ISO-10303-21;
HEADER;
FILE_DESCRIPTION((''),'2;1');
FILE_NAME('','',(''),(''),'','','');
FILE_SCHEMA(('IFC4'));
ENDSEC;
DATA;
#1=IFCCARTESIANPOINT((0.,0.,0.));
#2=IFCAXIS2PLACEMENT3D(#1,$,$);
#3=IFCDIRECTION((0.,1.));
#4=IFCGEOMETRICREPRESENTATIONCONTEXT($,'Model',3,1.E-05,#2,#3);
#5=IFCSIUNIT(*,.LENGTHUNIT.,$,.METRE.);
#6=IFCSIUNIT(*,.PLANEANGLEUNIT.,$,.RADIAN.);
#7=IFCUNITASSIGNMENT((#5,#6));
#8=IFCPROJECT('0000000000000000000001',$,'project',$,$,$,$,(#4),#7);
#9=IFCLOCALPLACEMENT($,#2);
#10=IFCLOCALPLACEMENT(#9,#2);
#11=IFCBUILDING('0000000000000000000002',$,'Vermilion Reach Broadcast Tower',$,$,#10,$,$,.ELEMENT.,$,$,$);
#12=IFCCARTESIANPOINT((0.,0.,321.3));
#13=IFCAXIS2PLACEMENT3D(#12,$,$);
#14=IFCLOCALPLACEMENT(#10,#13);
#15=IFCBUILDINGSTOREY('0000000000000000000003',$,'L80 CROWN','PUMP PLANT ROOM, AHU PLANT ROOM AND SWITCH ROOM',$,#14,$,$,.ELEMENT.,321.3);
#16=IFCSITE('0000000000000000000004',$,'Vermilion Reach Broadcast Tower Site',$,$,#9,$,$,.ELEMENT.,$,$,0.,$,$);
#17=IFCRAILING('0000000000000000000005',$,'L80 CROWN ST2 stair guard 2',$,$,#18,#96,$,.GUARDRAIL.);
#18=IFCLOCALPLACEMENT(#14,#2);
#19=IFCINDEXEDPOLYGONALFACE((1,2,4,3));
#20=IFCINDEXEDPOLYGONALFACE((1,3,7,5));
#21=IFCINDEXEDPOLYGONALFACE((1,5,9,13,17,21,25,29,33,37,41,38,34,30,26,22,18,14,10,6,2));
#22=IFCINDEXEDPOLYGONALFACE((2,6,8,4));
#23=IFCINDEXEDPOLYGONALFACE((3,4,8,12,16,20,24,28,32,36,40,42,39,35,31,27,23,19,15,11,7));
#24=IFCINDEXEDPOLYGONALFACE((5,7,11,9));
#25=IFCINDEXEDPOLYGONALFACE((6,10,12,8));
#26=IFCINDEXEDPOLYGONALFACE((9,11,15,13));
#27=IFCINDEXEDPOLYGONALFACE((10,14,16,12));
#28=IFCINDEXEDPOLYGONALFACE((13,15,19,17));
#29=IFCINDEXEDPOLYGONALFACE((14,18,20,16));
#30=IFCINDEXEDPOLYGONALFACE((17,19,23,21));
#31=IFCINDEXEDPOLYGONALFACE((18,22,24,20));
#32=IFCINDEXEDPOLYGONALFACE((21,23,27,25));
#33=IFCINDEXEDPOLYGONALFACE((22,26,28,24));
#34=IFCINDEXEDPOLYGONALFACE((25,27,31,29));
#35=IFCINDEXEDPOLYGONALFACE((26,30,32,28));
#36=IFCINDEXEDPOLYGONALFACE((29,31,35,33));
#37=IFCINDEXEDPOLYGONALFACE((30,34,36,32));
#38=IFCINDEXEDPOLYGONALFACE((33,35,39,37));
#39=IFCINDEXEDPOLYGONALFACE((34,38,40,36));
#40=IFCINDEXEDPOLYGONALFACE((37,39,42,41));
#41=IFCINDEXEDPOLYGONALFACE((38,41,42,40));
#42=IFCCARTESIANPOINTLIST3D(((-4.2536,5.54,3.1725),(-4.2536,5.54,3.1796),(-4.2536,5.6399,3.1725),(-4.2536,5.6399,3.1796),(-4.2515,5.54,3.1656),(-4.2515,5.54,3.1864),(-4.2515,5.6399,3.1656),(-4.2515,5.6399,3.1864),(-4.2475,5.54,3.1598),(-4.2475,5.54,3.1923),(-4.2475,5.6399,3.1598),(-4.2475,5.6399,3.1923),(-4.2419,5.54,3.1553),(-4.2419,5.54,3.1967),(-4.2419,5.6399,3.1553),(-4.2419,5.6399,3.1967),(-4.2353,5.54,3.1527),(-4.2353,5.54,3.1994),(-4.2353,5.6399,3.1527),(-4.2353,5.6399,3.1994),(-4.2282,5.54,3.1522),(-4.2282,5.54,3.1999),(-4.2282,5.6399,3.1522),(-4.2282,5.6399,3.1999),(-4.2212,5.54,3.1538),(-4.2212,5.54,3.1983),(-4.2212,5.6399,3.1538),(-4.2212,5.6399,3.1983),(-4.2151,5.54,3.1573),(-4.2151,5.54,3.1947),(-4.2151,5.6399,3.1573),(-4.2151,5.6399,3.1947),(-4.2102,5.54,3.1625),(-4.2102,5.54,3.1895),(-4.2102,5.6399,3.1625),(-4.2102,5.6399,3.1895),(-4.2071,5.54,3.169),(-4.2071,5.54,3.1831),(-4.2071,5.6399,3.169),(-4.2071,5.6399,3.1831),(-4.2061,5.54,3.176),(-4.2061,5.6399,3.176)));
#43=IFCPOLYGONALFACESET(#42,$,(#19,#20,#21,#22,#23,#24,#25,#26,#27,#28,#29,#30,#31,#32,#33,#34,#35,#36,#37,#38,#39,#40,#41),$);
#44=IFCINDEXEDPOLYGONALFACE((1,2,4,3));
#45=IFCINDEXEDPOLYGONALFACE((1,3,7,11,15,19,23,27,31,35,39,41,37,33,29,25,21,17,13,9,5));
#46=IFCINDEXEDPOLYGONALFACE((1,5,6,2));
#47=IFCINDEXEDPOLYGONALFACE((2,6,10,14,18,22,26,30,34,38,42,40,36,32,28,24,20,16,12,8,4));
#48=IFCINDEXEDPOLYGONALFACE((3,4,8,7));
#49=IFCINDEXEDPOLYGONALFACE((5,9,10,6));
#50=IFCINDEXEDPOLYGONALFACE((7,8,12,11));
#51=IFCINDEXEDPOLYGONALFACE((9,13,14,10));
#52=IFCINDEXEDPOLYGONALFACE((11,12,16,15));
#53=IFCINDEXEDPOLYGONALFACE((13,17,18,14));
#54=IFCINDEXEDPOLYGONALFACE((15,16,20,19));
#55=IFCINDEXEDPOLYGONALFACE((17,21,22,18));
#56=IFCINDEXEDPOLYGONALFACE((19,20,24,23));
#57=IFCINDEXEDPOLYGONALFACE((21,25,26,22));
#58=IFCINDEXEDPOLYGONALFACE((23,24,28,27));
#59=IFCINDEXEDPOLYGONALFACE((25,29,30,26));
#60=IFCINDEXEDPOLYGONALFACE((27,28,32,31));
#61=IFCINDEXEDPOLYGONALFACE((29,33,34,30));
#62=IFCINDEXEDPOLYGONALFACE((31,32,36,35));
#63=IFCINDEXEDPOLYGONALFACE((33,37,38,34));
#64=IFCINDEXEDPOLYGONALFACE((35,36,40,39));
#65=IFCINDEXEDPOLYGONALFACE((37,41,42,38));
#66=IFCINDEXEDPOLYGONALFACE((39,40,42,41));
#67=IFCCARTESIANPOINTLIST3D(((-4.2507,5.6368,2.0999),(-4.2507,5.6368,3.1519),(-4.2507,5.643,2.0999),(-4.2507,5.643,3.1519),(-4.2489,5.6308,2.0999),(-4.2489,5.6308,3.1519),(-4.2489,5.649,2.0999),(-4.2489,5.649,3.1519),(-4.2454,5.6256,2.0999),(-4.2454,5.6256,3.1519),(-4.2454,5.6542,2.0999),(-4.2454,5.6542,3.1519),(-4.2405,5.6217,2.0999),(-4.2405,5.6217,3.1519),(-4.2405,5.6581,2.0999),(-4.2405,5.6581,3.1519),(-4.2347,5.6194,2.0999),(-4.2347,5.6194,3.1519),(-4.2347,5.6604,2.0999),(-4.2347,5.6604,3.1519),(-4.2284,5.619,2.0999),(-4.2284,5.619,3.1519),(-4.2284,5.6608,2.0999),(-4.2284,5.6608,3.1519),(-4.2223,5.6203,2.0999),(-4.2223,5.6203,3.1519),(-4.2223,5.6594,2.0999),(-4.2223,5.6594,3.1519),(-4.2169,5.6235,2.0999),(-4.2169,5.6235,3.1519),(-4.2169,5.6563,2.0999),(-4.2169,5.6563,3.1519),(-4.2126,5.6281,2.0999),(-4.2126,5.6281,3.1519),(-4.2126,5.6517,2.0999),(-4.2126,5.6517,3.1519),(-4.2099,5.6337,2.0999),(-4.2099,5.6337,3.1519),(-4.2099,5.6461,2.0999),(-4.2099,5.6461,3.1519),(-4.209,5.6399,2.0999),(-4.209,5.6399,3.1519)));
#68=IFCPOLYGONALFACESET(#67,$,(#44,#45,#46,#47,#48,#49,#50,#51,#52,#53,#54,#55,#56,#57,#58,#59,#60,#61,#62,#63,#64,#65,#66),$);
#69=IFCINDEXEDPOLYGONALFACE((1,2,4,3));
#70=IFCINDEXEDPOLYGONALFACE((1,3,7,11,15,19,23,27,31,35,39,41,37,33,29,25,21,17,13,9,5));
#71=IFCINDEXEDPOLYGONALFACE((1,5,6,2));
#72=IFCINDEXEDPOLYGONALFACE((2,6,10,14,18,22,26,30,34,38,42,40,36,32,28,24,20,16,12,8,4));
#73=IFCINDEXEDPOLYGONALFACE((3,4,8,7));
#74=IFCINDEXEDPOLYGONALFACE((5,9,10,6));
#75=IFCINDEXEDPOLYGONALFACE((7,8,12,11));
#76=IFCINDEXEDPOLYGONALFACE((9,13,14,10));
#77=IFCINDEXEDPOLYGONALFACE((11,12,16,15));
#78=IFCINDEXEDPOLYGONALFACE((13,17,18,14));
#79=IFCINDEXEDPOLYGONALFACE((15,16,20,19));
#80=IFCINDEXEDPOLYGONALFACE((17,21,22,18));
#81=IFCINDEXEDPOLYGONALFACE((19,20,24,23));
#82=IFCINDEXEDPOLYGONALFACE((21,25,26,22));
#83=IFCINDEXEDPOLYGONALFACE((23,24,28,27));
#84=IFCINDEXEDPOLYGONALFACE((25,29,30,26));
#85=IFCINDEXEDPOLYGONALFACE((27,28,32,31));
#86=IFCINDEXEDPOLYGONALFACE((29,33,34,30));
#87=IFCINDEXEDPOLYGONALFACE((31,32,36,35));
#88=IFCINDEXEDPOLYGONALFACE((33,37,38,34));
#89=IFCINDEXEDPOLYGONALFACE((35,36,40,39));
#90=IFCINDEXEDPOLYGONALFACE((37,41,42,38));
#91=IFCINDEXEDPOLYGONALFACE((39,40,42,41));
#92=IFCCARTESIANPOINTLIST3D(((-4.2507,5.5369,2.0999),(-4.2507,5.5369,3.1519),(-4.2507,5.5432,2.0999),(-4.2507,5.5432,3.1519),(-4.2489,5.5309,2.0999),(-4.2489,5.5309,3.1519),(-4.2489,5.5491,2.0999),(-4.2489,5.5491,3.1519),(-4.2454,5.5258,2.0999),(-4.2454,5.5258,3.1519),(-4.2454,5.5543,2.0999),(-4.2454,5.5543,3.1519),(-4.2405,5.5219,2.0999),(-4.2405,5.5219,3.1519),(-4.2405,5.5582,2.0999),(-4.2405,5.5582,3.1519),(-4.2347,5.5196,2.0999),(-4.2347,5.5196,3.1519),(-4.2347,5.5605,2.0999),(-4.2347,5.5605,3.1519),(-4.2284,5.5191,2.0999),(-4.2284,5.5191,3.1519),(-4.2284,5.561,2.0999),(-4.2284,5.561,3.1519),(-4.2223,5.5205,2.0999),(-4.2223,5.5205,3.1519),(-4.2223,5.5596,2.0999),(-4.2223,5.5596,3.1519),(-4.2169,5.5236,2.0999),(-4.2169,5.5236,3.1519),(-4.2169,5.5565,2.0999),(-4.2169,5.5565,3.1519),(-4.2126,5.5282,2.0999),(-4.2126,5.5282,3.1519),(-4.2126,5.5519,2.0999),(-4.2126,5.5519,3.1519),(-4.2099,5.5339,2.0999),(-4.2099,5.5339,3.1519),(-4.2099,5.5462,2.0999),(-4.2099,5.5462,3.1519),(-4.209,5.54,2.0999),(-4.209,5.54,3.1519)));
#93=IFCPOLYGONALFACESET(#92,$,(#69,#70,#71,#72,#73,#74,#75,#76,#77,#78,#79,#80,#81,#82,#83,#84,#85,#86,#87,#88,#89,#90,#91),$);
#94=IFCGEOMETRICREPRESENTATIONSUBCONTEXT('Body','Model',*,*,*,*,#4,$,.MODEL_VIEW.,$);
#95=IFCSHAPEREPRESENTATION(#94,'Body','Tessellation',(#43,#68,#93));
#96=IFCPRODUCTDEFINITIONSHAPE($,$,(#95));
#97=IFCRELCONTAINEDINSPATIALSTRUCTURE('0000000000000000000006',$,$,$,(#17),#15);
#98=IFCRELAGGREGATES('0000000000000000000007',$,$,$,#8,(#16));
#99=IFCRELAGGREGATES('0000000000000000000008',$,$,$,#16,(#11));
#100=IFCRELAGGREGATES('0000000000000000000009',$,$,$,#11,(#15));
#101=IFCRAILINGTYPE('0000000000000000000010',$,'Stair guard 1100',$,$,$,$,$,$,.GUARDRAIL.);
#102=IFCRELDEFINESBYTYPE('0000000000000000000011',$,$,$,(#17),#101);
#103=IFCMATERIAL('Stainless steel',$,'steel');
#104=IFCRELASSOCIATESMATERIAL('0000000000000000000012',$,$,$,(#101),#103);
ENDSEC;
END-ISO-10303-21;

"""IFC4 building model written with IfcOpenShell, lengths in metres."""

from ifc_helpers import new_model, si_unit, direction, frame, origin, origin_2d, place, context, subcontext, project, spatial, circle, extrude, material, type_object, element, save


model = new_model("IFC4")

# Units and contexts
model_context = context("Model", 3, precision=1e-05, world=origin(), true_north=direction((0.0, 1.0)))
body_context = subcontext(model_context, "Body", "Model", "MODEL_VIEW")
ifc_project = project(units=[si_unit("LENGTHUNIT", "METRE"), si_unit("PLANEANGLEUNIT", "RADIAN")], contexts=[model_context])

# Site, building, storey
site_placement = place(None, origin())
site = spatial("IfcSite", under=ifc_project, at=site_placement, Name="Vermilion Reach Broadcast Tower Site", CompositionType="ELEMENT", RefElevation=0.0)
building_placement = place(site_placement, origin())
building = spatial("IfcBuilding", under=site, at=building_placement, Name="Vermilion Reach Broadcast Tower", CompositionType="ELEMENT")
storey_placement = place(building_placement, frame((0.0, 0.0, 321.3)))
storey = spatial("IfcBuildingStorey", under=building, at=storey_placement, Name="L80 CROWN", Description="PUMP PLANT ROOM, AHU PLANT ROOM AND SWITCH ROOM", CompositionType="ELEMENT", Elevation=321.3)

# Railing
ifc_material_1 = material(Name="Stainless steel", Category="steel")
railing_type_1 = type_object("IfcRailingType", Name="Stair guard 1100", PredefinedType="GUARDRAIL", material=ifc_material_1)
railing_1_placement = place(storey_placement, frame((-4.23, 5.6399, 2.0999)))
element("IfcRailing", 1, at=railing_1_placement, inside=storey, type_object=railing_type_1, Name="L80 CROWN ST2 stair guard 2", PredefinedType="GUARDRAIL", context=body_context, shape_type="SweptSolid", body=[
    extrude(circle(Radius=0.0239, at=origin_2d()), frame((0.0, 0.0, 1.0762), z_axis=(0.0, -1.0, 0.0), x_axis=(1.0, 0.0, 0.0)), (0.0, 0.0, 1.0), 0.0999),
    extrude(circle(Radius=0.021, at=origin_2d()), origin(), (0.0, 0.0, 1.0), 1.052),
    extrude(circle(Radius=0.021, at=origin_2d()), frame((0.0, -0.0999, 0.0)), (0.0, 0.0, 1.0), 1.052),
])

save(model, "model.ifc")
